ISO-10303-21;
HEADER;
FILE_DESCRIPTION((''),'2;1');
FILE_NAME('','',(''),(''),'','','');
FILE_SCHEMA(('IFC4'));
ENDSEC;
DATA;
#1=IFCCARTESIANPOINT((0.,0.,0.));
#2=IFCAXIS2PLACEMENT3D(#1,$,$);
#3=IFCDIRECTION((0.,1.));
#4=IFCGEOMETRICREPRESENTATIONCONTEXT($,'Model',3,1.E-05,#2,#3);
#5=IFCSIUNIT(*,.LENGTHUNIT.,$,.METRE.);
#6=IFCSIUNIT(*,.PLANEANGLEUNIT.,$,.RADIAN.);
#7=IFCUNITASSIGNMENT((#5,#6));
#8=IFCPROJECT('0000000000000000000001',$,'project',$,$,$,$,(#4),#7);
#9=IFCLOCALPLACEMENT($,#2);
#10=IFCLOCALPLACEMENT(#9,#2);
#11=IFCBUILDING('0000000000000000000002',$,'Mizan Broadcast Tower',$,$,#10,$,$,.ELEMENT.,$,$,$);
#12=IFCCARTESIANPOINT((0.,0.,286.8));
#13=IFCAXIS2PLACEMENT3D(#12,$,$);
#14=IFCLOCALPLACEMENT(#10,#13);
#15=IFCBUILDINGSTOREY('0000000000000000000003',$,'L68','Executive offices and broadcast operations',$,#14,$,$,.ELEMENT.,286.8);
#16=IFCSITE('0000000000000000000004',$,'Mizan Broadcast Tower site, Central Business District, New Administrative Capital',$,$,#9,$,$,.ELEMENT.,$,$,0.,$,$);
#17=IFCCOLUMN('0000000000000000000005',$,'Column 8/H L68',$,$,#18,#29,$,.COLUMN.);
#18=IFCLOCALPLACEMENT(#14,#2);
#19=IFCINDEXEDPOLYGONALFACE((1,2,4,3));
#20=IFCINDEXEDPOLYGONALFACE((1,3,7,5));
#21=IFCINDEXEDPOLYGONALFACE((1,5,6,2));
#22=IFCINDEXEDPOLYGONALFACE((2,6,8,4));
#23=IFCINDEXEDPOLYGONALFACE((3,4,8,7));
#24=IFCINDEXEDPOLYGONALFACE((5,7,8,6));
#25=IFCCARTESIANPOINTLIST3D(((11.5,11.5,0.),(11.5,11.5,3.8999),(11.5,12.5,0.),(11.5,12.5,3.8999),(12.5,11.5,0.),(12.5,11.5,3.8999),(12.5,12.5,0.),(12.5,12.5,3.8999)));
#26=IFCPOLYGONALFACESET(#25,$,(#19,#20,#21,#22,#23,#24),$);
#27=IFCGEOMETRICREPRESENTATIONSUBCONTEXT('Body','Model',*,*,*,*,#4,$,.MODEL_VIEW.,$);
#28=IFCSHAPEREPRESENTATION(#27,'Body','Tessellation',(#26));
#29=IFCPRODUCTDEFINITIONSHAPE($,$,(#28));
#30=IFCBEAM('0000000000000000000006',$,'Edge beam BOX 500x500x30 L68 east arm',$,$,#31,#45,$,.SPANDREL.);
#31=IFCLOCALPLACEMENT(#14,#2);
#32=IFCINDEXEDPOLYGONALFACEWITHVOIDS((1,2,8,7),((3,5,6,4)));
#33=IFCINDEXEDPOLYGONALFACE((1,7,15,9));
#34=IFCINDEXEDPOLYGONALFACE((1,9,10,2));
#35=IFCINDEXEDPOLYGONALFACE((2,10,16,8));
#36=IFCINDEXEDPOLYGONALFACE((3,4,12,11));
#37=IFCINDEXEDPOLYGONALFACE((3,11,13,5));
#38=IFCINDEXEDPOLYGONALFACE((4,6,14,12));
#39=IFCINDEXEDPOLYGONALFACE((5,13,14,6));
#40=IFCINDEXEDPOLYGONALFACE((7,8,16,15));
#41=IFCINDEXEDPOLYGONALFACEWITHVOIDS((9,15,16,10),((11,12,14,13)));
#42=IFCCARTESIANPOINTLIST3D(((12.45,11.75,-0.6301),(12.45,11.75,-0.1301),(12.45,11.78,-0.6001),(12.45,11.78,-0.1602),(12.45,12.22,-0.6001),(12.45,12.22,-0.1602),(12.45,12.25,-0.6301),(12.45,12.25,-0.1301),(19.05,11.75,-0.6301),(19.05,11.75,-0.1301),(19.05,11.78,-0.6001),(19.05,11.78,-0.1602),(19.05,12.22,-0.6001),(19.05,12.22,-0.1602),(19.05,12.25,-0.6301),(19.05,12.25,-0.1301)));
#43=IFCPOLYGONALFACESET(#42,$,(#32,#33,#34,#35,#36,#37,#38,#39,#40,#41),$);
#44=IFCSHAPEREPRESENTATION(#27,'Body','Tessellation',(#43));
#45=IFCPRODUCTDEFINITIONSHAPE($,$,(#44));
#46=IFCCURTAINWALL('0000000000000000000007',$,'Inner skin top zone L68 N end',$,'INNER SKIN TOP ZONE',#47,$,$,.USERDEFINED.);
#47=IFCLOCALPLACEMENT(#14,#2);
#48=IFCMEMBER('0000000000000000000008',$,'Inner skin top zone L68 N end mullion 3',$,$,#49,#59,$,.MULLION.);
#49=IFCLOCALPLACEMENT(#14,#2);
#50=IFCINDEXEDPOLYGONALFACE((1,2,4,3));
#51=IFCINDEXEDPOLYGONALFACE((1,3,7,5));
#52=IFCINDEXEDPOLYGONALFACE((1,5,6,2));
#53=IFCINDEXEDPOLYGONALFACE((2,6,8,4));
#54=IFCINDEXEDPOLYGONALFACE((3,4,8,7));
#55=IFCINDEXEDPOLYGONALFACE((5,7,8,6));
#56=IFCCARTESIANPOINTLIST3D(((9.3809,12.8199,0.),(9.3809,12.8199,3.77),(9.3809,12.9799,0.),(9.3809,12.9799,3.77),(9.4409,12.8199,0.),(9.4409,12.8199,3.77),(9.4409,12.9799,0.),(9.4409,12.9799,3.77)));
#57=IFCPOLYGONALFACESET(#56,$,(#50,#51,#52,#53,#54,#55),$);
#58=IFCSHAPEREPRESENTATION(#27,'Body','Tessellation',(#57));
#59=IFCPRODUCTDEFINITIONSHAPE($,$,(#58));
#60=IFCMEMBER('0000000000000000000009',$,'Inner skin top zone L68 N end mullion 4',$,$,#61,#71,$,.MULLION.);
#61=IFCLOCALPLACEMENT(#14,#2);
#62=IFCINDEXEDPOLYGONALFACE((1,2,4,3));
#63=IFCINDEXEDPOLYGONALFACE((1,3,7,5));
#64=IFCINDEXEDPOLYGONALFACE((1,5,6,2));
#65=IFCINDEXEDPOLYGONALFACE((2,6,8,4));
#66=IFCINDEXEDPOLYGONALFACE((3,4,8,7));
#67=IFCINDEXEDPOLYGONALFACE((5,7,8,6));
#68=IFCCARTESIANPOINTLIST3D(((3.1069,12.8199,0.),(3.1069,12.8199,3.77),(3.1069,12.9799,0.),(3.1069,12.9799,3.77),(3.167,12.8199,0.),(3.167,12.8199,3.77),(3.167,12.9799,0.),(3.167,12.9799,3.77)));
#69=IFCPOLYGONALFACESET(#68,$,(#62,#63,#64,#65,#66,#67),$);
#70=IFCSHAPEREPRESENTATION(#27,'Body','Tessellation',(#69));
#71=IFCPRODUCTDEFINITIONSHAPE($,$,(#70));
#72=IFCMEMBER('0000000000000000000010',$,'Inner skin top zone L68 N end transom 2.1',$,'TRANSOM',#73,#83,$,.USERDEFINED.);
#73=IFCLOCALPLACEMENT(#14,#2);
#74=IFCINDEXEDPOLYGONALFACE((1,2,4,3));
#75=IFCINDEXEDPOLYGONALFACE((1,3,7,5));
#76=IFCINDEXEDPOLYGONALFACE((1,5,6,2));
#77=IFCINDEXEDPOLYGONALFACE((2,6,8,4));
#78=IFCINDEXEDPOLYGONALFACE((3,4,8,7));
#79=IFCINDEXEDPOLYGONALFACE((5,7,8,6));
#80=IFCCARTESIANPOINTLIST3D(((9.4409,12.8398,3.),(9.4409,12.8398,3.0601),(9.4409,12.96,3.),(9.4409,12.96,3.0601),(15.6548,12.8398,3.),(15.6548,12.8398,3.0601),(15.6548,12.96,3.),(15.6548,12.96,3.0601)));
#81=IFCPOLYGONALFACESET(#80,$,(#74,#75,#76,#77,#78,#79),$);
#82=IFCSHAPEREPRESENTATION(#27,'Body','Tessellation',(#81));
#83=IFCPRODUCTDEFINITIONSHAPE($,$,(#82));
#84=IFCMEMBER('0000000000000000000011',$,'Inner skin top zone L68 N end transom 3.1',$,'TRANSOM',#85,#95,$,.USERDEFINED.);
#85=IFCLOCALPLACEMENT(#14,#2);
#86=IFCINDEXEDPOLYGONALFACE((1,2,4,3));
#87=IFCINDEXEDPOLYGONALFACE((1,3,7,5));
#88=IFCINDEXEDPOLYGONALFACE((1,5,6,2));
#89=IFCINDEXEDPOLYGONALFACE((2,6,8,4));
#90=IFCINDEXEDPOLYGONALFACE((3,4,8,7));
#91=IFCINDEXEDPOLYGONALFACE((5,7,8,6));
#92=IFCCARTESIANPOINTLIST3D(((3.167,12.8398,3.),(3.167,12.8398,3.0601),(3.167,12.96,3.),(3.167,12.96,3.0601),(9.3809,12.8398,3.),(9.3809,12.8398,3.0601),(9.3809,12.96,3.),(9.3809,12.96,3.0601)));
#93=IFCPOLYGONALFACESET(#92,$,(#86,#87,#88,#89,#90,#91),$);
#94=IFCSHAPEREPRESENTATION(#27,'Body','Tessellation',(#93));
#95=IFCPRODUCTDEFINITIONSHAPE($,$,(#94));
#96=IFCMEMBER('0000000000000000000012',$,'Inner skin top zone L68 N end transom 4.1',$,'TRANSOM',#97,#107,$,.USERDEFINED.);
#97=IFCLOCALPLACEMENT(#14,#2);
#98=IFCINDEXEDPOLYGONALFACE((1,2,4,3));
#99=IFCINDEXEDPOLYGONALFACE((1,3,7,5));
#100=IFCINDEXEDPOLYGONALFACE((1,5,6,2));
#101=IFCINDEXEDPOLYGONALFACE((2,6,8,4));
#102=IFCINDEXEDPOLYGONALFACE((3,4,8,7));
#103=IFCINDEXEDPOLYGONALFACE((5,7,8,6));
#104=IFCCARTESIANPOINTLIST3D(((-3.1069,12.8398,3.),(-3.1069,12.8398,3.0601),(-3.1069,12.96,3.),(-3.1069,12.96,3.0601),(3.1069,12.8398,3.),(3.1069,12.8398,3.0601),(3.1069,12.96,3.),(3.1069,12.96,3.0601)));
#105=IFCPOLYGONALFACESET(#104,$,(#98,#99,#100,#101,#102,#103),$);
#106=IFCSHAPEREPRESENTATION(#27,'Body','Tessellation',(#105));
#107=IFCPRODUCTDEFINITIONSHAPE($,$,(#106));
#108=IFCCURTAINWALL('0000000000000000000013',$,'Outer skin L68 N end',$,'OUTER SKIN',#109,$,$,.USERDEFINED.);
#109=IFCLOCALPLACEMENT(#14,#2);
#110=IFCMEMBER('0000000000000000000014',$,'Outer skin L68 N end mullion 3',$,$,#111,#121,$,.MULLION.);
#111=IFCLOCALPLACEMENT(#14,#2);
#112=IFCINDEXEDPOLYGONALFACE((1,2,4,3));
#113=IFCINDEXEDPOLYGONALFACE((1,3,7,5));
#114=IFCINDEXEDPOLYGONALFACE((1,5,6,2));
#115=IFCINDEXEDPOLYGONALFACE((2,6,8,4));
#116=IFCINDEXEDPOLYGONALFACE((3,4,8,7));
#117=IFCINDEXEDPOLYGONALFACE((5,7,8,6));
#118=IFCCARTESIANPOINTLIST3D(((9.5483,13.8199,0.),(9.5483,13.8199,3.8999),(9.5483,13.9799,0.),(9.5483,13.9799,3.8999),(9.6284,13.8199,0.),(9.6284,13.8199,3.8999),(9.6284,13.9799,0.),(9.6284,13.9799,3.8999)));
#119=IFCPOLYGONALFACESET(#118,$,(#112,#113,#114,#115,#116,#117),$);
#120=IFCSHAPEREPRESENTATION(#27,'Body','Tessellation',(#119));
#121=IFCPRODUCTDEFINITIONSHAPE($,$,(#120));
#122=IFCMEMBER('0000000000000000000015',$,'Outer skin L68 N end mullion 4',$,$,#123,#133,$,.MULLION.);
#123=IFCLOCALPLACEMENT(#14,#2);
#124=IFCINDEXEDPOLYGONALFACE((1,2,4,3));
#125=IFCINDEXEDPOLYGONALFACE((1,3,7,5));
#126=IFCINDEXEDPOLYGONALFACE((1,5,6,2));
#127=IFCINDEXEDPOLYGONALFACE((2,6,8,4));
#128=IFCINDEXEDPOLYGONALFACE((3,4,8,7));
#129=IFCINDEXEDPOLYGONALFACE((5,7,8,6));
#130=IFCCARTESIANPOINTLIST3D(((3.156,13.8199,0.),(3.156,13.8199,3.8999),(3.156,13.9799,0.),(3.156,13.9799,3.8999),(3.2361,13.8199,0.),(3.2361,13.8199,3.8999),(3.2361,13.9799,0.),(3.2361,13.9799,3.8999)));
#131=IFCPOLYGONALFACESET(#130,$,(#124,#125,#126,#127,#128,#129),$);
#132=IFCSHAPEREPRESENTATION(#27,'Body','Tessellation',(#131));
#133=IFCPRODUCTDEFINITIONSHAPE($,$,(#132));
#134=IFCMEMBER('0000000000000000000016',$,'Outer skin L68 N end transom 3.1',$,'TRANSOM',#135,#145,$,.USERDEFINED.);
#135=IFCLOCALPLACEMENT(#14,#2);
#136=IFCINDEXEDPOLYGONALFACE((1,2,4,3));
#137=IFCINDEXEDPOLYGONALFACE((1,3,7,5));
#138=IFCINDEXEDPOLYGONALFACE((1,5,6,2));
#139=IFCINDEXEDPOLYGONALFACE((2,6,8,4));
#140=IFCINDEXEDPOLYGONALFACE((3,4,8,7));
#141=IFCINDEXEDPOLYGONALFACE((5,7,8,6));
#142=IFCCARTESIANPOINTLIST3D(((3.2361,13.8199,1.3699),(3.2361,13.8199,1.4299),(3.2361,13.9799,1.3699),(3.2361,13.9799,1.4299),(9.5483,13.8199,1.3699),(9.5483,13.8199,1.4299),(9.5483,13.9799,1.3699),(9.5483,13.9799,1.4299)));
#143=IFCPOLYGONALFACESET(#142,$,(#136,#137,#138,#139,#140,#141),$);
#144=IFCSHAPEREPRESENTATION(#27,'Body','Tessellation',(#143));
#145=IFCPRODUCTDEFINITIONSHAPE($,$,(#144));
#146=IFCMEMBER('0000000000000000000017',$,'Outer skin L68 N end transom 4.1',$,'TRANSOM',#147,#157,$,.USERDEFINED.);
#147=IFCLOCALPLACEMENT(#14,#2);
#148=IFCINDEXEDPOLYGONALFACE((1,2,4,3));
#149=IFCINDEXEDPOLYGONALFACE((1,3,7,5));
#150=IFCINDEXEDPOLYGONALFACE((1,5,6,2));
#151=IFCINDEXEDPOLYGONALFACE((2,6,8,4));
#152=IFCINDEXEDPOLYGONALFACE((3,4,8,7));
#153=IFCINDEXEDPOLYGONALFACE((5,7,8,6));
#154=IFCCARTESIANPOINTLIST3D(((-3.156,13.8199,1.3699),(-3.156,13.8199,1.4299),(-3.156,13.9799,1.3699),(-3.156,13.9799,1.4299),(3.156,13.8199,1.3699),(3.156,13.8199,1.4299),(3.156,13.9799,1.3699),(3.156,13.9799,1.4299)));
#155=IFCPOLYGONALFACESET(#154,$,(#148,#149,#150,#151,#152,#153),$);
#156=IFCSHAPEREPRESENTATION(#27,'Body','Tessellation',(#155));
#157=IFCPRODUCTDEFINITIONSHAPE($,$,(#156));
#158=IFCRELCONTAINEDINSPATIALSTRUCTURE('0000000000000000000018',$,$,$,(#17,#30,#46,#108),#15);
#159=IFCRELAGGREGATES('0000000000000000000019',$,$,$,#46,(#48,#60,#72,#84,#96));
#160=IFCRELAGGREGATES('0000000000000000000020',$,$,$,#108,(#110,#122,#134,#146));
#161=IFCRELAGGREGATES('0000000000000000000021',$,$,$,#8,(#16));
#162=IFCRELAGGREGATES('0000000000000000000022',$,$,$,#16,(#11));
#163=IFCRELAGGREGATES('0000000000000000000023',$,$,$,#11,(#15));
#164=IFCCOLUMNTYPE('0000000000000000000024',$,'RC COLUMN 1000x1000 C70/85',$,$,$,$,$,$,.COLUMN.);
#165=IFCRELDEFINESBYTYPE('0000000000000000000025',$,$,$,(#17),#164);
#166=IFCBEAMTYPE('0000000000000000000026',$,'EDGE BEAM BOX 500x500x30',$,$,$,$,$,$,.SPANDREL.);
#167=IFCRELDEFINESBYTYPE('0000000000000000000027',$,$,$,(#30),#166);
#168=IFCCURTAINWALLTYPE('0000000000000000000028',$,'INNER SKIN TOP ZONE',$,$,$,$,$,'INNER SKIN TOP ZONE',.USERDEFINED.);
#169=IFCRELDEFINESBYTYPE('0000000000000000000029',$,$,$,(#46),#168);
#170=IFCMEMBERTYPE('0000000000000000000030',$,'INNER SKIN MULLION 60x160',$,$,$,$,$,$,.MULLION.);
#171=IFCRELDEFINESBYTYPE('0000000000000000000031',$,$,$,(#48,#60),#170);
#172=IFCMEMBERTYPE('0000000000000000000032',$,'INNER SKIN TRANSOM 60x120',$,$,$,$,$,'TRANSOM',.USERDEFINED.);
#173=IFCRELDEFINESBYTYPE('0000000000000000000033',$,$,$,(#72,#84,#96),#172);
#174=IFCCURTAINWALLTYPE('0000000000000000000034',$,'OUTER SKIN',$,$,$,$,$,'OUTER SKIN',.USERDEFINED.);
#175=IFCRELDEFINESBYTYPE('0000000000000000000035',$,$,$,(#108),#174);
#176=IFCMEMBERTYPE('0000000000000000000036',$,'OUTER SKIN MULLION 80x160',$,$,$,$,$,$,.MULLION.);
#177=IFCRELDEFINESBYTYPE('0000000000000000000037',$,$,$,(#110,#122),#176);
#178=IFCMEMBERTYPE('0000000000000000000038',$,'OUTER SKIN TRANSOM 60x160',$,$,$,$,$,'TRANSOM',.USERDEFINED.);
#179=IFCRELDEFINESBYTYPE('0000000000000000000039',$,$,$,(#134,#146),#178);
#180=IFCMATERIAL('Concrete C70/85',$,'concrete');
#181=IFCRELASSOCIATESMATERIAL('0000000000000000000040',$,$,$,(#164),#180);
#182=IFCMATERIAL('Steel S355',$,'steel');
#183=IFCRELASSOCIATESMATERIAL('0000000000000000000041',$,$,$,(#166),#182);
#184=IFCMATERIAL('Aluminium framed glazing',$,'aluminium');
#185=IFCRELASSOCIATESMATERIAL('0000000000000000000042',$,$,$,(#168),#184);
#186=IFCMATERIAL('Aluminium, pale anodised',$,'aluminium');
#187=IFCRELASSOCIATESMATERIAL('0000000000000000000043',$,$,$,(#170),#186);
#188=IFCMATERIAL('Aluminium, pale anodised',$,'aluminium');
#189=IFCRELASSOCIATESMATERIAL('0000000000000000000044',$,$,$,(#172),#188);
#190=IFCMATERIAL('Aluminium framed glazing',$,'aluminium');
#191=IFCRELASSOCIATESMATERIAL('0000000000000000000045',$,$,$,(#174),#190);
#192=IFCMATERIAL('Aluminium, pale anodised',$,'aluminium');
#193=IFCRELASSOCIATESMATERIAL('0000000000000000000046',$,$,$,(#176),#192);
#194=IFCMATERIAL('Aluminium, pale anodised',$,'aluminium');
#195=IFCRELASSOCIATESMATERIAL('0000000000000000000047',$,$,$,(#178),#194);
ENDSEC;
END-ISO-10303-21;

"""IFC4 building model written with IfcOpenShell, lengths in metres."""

from ifc_helpers import new_model, si_unit, direction, frame, origin, origin_2d, place, context, subcontext, project, spatial, rectangle, hollow_rectangle, extrude, material, material_profile, profile_set, type_object, element, aggregate, save


model = new_model("IFC4")

# Units and contexts
model_context = context("Model", 3, precision=1e-05, world=origin(), true_north=direction((0.0, 1.0)))
body_context = subcontext(model_context, "Body", "Model", "MODEL_VIEW")
ifc_project = project(units=[si_unit("LENGTHUNIT", "METRE"), si_unit("PLANEANGLEUNIT", "RADIAN")], contexts=[model_context])

# Site, building, storey
site_placement = place(None, origin())
site = spatial("IfcSite", under=ifc_project, at=site_placement, Name="Mizan Broadcast Tower site, Central Business District, New Administrative Capital", CompositionType="ELEMENT", RefElevation=0.0)
building_placement = place(site_placement, origin())
building = spatial("IfcBuilding", under=site, at=building_placement, Name="Mizan Broadcast Tower", CompositionType="ELEMENT")
storey_placement = place(building_placement, frame((0.0, 0.0, 286.8)))
storey = spatial("IfcBuildingStorey", under=building, at=storey_placement, Name="L68", Description="Executive offices and broadcast operations", CompositionType="ELEMENT", Elevation=286.8)

# Column
ifc_material_1 = material(Name="Concrete C70/85", Category="concrete")
ifc_material_profile_1 = material_profile(ifc_material_1, rectangle(XDim=1.0, YDim=1.0, at=origin_2d()), Name="RC 1000x1000")
ifc_profile_set_1 = profile_set([ifc_material_profile_1], Name="Concrete C70/85")
column_type = type_object("IfcColumnType", Name="RC COLUMN 1000x1000 C70/85", PredefinedType="COLUMN", material=ifc_profile_set_1)
column_placement = place(storey_placement, frame((12.0, 12.0, 0.0), z_axis=(0.0, 0.0, 1.0), x_axis=(1.0, 0.0, 0.0)))
element("IfcColumn", 1, at=column_placement, inside=storey, type_object=column_type, Name="Column 8/H L68", PredefinedType="COLUMN", context=body_context, shape_type="SweptSolid", body=[
    extrude(rectangle(XDim=1.0, YDim=1.0, at=origin_2d()), origin(), (0.0, 0.0, 1.0), 3.8999),
])

# Beam
ifc_material_2 = material(Name="Steel S355", Category="steel")
ifc_material_profile_2 = material_profile(ifc_material_2, hollow_rectangle(XDim=0.5, YDim=0.5, WallThickness=0.03, at=origin_2d()), Name="BOX 500x500x30")
ifc_profile_set_2 = profile_set([ifc_material_profile_2], Name="Steel S355")
beam_type_1 = type_object("IfcBeamType", Name="EDGE BEAM BOX 500x500x30", PredefinedType="SPANDREL", material=ifc_profile_set_2)
beam_1_placement = place(storey_placement, frame((12.45, 12.0, -0.3801), z_axis=(1.0, 0.0, 0.0), x_axis=(0.0, 1.0, 0.0)))
element("IfcBeam", 2, at=beam_1_placement, inside=storey, type_object=beam_type_1, Name="Edge beam BOX 500x500x30 L68 east arm", PredefinedType="SPANDREL", context=body_context, shape_type="SweptSolid", body=[
    extrude(hollow_rectangle(XDim=0.5, YDim=0.5, WallThickness=0.03, at=origin_2d()), origin(), (0.0, 0.0, 1.0), 6.6001),
])

# Curtain walls, members
ifc_material_3 = material(Name="Aluminium framed glazing", Category="aluminium")
curtain_wall_type_1 = type_object("IfcCurtainWallType", Name="INNER SKIN TOP ZONE", ElementType="INNER SKIN TOP ZONE", PredefinedType="USERDEFINED", material=ifc_material_3)
curtain_wall_1_placement = place(storey_placement, origin())
curtain_wall_1 = element("IfcCurtainWall", 3, at=curtain_wall_1_placement, inside=storey, type_object=curtain_wall_type_1, Name="Inner skin top zone L68 N end", ObjectType="INNER SKIN TOP ZONE", PredefinedType="USERDEFINED")
ifc_material_4 = material(Name="Aluminium, pale anodised", Category="aluminium")
ifc_material_profile_3 = material_profile(ifc_material_4, rectangle(XDim=0.1599, YDim=0.0601, at=origin_2d()), Name="MULLION 160x60")
ifc_profile_set_3 = profile_set([ifc_material_profile_3], Name="Aluminium, pale anodised")
member_type_1 = type_object("IfcMemberType", Name="INNER SKIN MULLION 60x160", PredefinedType="MULLION", material=ifc_profile_set_3)
member_1_placement = place(storey_placement, frame((9.4109, 12.8999, 0.0), z_axis=(0.0, 0.0, 1.0), x_axis=(0.0, -1.0, 0.0)))
member_1 = element("IfcMember", 4, at=member_1_placement, type_object=member_type_1, Name="Inner skin top zone L68 N end mullion 3", PredefinedType="MULLION", context=body_context, shape_type="SweptSolid", body=[
    extrude(rectangle(XDim=0.1599, YDim=0.0601, at=origin_2d()), origin(), (0.0, 0.0, 1.0), 3.77),
])
member_2_placement = place(storey_placement, frame((3.137, 12.8999, 0.0), z_axis=(0.0, 0.0, 1.0), x_axis=(0.0, -1.0, 0.0)))
member_2 = element("IfcMember", 5, at=member_2_placement, type_object=member_type_1, Name="Inner skin top zone L68 N end mullion 4", PredefinedType="MULLION", context=body_context, shape_type="SweptSolid", body=[
    extrude(rectangle(XDim=0.1599, YDim=0.0601, at=origin_2d()), origin(), (0.0, 0.0, 1.0), 3.77),
])
ifc_material_5 = material(Name="Aluminium, pale anodised", Category="aluminium")
ifc_material_profile_4 = material_profile(ifc_material_5, rectangle(XDim=0.1201, YDim=0.0601, at=origin_2d()), Name="TRANSOM 120x60")
ifc_profile_set_4 = profile_set([ifc_material_profile_4], Name="Aluminium, pale anodised")
member_type_2 = type_object("IfcMemberType", Name="INNER SKIN TRANSOM 60x120", ElementType="TRANSOM", PredefinedType="USERDEFINED", material=ifc_profile_set_4)
member_3_placement = place(storey_placement, frame((15.6548, 12.8999, 3.03), z_axis=(-1.0, 0.0, 0.0), x_axis=(0.0, -1.0, 0.0)))
member_3 = element("IfcMember", 6, at=member_3_placement, type_object=member_type_2, Name="Inner skin top zone L68 N end transom 2.1", ObjectType="TRANSOM", PredefinedType="USERDEFINED", context=body_context, shape_type="SweptSolid", body=[
    extrude(rectangle(XDim=0.1201, YDim=0.0601, at=origin_2d()), origin(), (0.0, 0.0, 1.0), 6.2139),
])
member_4_placement = place(storey_placement, frame((9.3809, 12.8999, 3.03), z_axis=(-1.0, 0.0, 0.0), x_axis=(0.0, -1.0, 0.0)))
member_4 = element("IfcMember", 7, at=member_4_placement, type_object=member_type_2, Name="Inner skin top zone L68 N end transom 3.1", ObjectType="TRANSOM", PredefinedType="USERDEFINED", context=body_context, shape_type="SweptSolid", body=[
    extrude(rectangle(XDim=0.1201, YDim=0.0601, at=origin_2d()), origin(), (0.0, 0.0, 1.0), 6.2139),
])
member_5_placement = place(storey_placement, frame((3.1069, 12.8999, 3.03), z_axis=(-1.0, 0.0, 0.0), x_axis=(0.0, -1.0, 0.0)))
member_5 = element("IfcMember", 8, at=member_5_placement, type_object=member_type_2, Name="Inner skin top zone L68 N end transom 4.1", ObjectType="TRANSOM", PredefinedType="USERDEFINED", context=body_context, shape_type="SweptSolid", body=[
    extrude(rectangle(XDim=0.1201, YDim=0.0601, at=origin_2d()), origin(), (0.0, 0.0, 1.0), 6.2139),
])
ifc_material_6 = material(Name="Aluminium framed glazing", Category="aluminium")
curtain_wall_type_2 = type_object("IfcCurtainWallType", Name="OUTER SKIN", ElementType="OUTER SKIN", PredefinedType="USERDEFINED", material=ifc_material_6)
curtain_wall_2_placement = place(storey_placement, origin())
curtain_wall_2 = element("IfcCurtainWall", 9, at=curtain_wall_2_placement, inside=storey, type_object=curtain_wall_type_2, Name="Outer skin L68 N end", ObjectType="OUTER SKIN", PredefinedType="USERDEFINED")
ifc_material_7 = material(Name="Aluminium, pale anodised", Category="aluminium")
ifc_material_profile_5 = material_profile(ifc_material_7, rectangle(XDim=0.1599, YDim=0.0801, at=origin_2d()), Name="MULLION 160x80")
ifc_profile_set_5 = profile_set([ifc_material_profile_5], Name="Aluminium, pale anodised")
member_type_3 = type_object("IfcMemberType", Name="OUTER SKIN MULLION 80x160", PredefinedType="MULLION", material=ifc_profile_set_5)
member_6_placement = place(storey_placement, frame((9.5884, 13.8999, 0.0), z_axis=(0.0, 0.0, 1.0), x_axis=(0.0, -1.0, 0.0)))
member_6 = element("IfcMember", 10, at=member_6_placement, type_object=member_type_3, Name="Outer skin L68 N end mullion 3", PredefinedType="MULLION", context=body_context, shape_type="SweptSolid", body=[
    extrude(rectangle(XDim=0.1599, YDim=0.0801, at=origin_2d()), origin(), (0.0, 0.0, 1.0), 3.8999),
])
member_7_placement = place(storey_placement, frame((3.196, 13.8999, 0.0), z_axis=(0.0, 0.0, 1.0), x_axis=(0.0, -1.0, 0.0)))
member_7 = element("IfcMember", 11, at=member_7_placement, type_object=member_type_3, Name="Outer skin L68 N end mullion 4", PredefinedType="MULLION", context=body_context, shape_type="SweptSolid", body=[
    extrude(rectangle(XDim=0.1599, YDim=0.0801, at=origin_2d()), origin(), (0.0, 0.0, 1.0), 3.8999),
])
ifc_material_8 = material(Name="Aluminium, pale anodised", Category="aluminium")
ifc_material_profile_6 = material_profile(ifc_material_8, rectangle(XDim=0.1599, YDim=0.0601, at=origin_2d()), Name="TRANSOM 160x60")
ifc_profile_set_6 = profile_set([ifc_material_profile_6], Name="Aluminium, pale anodised")
member_type_4 = type_object("IfcMemberType", Name="OUTER SKIN TRANSOM 60x160", ElementType="TRANSOM", PredefinedType="USERDEFINED", material=ifc_profile_set_6)
member_8_placement = place(storey_placement, frame((9.5483, 13.8999, 1.3999), z_axis=(-1.0, 0.0, 0.0), x_axis=(0.0, -1.0, 0.0)))
member_8 = element("IfcMember", 12, at=member_8_placement, type_object=member_type_4, Name="Outer skin L68 N end transom 3.1", ObjectType="TRANSOM", PredefinedType="USERDEFINED", context=body_context, shape_type="SweptSolid", body=[
    extrude(rectangle(XDim=0.1599, YDim=0.0601, at=origin_2d()), origin(), (0.0, 0.0, 1.0), 6.3123),
])
member_9_placement = place(storey_placement, frame((3.156, 13.8999, 1.3999), z_axis=(-1.0, 0.0, 0.0), x_axis=(0.0, -1.0, 0.0)))
member_9 = element("IfcMember", 13, at=member_9_placement, type_object=member_type_4, Name="Outer skin L68 N end transom 4.1", ObjectType="TRANSOM", PredefinedType="USERDEFINED", context=body_context, shape_type="SweptSolid", body=[
    extrude(rectangle(XDim=0.1599, YDim=0.0601, at=origin_2d()), origin(), (0.0, 0.0, 1.0), 6.312),
])

aggregate(curtain_wall_1, [member_1, member_2, member_3, member_4, member_5])
aggregate(curtain_wall_2, [member_6, member_7, member_8, member_9])

save(model, "model.ifc")
